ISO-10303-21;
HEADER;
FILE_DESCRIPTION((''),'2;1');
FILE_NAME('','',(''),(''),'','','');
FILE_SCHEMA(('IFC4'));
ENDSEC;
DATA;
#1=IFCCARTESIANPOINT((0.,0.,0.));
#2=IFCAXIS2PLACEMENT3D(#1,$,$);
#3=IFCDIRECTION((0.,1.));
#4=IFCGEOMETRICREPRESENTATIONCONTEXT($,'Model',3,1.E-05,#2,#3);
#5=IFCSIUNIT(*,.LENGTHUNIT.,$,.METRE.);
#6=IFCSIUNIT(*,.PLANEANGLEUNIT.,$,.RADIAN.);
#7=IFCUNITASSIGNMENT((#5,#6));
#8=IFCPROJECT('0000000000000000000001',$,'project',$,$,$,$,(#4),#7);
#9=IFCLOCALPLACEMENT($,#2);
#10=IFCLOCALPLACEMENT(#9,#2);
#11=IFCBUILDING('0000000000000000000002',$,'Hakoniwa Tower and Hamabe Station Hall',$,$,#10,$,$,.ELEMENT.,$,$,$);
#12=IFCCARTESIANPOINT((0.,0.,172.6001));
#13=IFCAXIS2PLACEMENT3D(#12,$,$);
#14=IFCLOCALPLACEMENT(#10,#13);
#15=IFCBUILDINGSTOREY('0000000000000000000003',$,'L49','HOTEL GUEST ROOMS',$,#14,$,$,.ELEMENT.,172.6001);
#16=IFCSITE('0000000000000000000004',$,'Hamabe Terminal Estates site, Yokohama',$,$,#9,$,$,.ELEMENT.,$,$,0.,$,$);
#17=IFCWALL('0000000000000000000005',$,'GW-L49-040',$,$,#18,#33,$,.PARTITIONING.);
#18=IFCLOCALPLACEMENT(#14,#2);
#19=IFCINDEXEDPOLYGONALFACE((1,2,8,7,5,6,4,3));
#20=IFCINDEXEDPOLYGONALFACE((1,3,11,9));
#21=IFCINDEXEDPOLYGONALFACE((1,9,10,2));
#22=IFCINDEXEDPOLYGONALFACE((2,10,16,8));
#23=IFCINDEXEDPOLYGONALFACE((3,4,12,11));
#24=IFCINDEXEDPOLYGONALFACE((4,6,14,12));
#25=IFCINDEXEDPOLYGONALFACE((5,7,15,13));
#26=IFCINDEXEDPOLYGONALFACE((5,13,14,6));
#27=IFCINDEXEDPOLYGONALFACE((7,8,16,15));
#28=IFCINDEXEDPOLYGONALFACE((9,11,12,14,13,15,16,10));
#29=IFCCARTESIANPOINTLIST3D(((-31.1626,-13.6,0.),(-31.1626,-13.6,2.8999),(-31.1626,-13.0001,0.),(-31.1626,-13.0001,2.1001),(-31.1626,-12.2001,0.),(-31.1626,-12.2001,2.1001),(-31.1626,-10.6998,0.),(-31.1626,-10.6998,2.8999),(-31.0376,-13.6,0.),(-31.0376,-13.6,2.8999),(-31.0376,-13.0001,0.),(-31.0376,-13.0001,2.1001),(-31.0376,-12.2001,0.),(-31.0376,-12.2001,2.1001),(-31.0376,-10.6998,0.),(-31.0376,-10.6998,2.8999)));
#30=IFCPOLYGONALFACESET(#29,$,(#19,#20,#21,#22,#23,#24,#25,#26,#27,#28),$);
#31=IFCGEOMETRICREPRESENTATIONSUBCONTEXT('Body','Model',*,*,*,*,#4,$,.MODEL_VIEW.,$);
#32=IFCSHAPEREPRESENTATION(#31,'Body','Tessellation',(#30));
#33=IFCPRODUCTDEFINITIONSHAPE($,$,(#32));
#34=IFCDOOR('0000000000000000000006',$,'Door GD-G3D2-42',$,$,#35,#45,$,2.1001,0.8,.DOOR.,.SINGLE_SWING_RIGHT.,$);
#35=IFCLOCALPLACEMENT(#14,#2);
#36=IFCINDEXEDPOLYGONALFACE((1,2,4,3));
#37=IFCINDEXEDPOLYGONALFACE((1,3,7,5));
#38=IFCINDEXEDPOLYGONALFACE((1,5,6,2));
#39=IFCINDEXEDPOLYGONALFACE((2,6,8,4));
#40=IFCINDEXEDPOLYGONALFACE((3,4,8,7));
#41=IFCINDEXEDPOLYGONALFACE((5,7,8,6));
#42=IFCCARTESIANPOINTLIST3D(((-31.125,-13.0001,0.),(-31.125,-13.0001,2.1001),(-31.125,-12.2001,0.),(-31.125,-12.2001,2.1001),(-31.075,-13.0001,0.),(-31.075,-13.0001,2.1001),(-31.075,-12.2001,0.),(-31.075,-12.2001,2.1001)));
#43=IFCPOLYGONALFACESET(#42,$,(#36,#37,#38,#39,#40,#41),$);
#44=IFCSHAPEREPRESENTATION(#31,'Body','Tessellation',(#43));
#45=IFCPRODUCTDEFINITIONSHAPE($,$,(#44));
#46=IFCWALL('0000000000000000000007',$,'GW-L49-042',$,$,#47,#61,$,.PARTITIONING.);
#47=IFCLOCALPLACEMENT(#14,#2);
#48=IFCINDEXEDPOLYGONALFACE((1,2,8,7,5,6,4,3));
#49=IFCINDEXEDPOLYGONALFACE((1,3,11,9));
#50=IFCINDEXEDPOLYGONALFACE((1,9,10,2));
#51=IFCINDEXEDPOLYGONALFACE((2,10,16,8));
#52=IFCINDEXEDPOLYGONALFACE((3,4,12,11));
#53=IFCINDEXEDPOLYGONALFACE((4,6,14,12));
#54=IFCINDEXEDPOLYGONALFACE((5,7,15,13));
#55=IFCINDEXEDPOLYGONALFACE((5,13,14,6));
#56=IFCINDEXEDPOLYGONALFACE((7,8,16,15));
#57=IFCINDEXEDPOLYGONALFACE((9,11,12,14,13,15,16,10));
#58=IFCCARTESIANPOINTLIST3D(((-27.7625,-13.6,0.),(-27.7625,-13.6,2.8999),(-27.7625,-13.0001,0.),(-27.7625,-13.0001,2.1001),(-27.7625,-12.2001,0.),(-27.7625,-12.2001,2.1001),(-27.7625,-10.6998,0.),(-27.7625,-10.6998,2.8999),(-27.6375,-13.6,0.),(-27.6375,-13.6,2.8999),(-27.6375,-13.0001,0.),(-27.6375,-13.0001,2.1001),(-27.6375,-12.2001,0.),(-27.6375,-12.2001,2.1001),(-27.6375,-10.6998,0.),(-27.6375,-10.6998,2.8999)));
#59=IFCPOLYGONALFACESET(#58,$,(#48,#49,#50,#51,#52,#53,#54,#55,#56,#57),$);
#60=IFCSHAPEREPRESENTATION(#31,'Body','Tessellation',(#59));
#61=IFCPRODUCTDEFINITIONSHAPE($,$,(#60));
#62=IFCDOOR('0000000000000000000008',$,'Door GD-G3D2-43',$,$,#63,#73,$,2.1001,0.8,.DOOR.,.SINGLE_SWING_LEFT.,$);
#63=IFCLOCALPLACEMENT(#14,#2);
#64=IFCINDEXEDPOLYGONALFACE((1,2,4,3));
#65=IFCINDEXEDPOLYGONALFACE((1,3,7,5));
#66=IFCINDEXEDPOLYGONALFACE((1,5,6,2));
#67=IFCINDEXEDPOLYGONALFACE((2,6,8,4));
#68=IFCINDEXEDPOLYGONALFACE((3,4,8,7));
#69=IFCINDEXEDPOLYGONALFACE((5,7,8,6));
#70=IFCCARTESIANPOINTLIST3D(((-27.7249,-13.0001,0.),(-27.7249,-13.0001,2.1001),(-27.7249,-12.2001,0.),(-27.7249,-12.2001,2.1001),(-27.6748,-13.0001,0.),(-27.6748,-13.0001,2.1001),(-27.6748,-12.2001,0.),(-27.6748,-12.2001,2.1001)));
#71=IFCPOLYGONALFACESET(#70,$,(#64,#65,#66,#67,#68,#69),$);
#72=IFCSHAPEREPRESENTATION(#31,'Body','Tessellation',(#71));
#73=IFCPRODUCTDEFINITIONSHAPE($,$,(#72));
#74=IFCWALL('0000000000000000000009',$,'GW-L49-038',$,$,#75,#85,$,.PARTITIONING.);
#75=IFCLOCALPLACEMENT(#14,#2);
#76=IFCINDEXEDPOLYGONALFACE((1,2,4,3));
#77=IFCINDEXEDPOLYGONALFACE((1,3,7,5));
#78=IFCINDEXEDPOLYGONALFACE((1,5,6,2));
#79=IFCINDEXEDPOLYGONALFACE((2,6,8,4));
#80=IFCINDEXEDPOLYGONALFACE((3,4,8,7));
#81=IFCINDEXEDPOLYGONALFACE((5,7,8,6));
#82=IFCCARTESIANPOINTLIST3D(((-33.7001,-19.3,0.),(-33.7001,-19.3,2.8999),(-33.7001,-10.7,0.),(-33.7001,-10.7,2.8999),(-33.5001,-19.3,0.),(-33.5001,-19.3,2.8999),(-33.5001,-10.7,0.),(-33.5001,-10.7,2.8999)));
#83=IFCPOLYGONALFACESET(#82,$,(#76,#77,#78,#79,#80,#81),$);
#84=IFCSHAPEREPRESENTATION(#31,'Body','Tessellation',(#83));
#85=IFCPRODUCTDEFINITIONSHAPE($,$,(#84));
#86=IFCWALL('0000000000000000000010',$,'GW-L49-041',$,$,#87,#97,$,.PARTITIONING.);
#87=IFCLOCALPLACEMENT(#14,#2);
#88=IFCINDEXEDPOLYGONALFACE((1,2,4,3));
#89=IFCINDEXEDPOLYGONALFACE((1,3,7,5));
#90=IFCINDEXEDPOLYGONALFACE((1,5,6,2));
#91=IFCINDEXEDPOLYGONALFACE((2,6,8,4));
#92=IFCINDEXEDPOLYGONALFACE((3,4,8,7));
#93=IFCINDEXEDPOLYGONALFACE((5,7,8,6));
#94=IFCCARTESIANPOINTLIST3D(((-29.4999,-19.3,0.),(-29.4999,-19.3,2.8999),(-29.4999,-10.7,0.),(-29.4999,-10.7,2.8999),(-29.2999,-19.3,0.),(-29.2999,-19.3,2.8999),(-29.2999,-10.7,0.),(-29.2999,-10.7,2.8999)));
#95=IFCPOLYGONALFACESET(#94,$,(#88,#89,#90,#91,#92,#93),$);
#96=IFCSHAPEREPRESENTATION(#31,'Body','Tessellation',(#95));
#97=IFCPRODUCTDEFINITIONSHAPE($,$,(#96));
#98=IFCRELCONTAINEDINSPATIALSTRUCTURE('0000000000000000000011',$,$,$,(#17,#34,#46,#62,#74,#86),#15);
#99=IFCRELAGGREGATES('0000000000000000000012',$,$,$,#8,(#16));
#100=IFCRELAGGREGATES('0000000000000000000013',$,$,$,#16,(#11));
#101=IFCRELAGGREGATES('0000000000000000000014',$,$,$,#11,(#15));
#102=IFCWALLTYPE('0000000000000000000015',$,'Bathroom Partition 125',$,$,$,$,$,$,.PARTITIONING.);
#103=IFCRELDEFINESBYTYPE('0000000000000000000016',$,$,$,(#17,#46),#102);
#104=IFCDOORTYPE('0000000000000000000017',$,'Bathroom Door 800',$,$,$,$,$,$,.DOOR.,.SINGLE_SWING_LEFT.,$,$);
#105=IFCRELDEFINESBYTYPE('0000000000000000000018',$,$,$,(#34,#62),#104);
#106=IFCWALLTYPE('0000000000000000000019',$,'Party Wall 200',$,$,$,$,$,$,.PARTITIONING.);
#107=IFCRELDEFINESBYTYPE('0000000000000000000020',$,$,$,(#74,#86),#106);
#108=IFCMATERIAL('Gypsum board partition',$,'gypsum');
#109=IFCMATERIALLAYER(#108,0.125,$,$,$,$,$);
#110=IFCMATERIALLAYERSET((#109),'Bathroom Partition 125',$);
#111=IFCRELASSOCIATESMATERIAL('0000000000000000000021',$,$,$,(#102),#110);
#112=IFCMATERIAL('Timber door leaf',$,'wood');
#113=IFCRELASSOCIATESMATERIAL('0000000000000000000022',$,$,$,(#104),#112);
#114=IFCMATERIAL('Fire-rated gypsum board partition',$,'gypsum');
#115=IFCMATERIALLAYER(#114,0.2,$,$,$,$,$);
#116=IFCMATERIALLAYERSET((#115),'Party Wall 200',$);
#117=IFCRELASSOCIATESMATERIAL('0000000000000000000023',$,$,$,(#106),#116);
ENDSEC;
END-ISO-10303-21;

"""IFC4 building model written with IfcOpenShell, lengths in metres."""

from ifc_helpers import new_model, si_unit, direction, frame, frame_2d, origin, place, context, subcontext, project, spatial, rectangle, extrude, material, layer, layer_set, type_object, element, fill, save


model = new_model("IFC4")

# Units and contexts
model_context = context("Model", 3, precision=1e-05, world=origin(), true_north=direction((0.0, 1.0)))
body_context = subcontext(model_context, "Body", "Model", "MODEL_VIEW")
ifc_project = project(units=[si_unit("LENGTHUNIT", "METRE"), si_unit("PLANEANGLEUNIT", "RADIAN")], contexts=[model_context])

# Site, building, storey
site_placement = place(None, origin())
site = spatial("IfcSite", under=ifc_project, at=site_placement, Name="Hamabe Terminal Estates site, Yokohama", CompositionType="ELEMENT", RefElevation=0.0)
building_placement = place(site_placement, origin())
building = spatial("IfcBuilding", under=site, at=building_placement, Name="Hakoniwa Tower and Hamabe Station Hall", CompositionType="ELEMENT")
storey_placement = place(building_placement, frame((0.0, 0.0, 172.6001)))
storey = spatial("IfcBuildingStorey", under=building, at=storey_placement, Name="L49", Description="HOTEL GUEST ROOMS", CompositionType="ELEMENT", Elevation=172.6001)

# Shared definitions
ifc_material_1 = material(Name="Gypsum board partition", Category="gypsum")
ifc_layer_1 = layer(ifc_material_1, 0.125)
ifc_layer_set_1 = layer_set([ifc_layer_1], Name="Bathroom Partition 125")
wall_type_1 = type_object("IfcWallType", Name="Bathroom Partition 125", PredefinedType="PARTITIONING", material=ifc_layer_set_1)
ifc_material_2 = material(Name="Timber door leaf", Category="wood")
door_type = type_object("IfcDoorType", Name="Bathroom Door 800", OperationType="SINGLE_SWING_LEFT", PredefinedType="DOOR", material=ifc_material_2)

# Walls, openings, doors
wall_1_placement = place(storey_placement, frame((-31.1001, -13.6001, 0.0), z_axis=(0.0, 0.0, 1.0), x_axis=(0.0, 1.0, 0.0)))
wall_1 = element("IfcWall", 1, at=wall_1_placement, inside=storey, type_object=wall_type_1, Name="GW-L49-040", PredefinedType="PARTITIONING", context=body_context, shape_type="SweptSolid", body=[
    extrude(rectangle(XDim=2.9001, YDim=0.125, at=frame_2d((1.4502, 0.0))), origin(), (0.0, 0.0, 1.0), 2.8999),
])
opening_1_placement = place(wall_1_placement, frame((0.6001, 0.0, 0.0)))
opening_1 = element("IfcOpeningElement", 2, at=opening_1_placement, cuts=wall_1, PredefinedType="OPENING", context=body_context, shape_type="SweptSolid", body=[
    extrude(rectangle(XDim=0.8, YDim=2.1001, at=frame_2d((0.3999, 1.05))), frame((0.0, 0.0725, 0.0), z_axis=(0.0, -1.0, 0.0), x_axis=(1.0, 0.0, 0.0)), (0.0, 0.0, 1.0), 0.145),
])
door_1_placement = place(opening_1_placement, origin())
door_1 = element("IfcDoor", 3, at=door_1_placement, inside=storey, type_object=door_type, Name="Door GD-G3D2-42", OperationType="SINGLE_SWING_RIGHT", OverallHeight=2.1001, OverallWidth=0.8, PredefinedType="DOOR", context=body_context, shape_type="SweptSolid", body=[
    extrude(rectangle(XDim=0.8, YDim=2.1001, at=frame_2d((0.3999, 1.05))), frame((0.0, 0.0249, 0.0), z_axis=(0.0, -1.0, 0.0), x_axis=(1.0, 0.0, 0.0)), (0.0, 0.0, 1.0), 0.05),
])
fill(opening_1, door_1)
wall_2_placement = place(storey_placement, frame((-27.7, -13.6001, 0.0), z_axis=(0.0, 0.0, 1.0), x_axis=(0.0, 1.0, 0.0)))
wall_2 = element("IfcWall", 4, at=wall_2_placement, inside=storey, type_object=wall_type_1, Name="GW-L49-042", PredefinedType="PARTITIONING", context=body_context, shape_type="SweptSolid", body=[
    extrude(rectangle(XDim=2.9001, YDim=0.125, at=frame_2d((1.4502, 0.0))), origin(), (0.0, 0.0, 1.0), 2.8999),
])
opening_2_placement = place(wall_2_placement, frame((0.6001, 0.0, 0.0)))
opening_2 = element("IfcOpeningElement", 5, at=opening_2_placement, cuts=wall_2, PredefinedType="OPENING", context=body_context, shape_type="SweptSolid", body=[
    extrude(rectangle(XDim=0.8, YDim=2.1001, at=frame_2d((0.3999, 1.05))), frame((0.0, 0.0725, 0.0), z_axis=(0.0, -1.0, 0.0), x_axis=(1.0, 0.0, 0.0)), (0.0, 0.0, 1.0), 0.145),
])
door_2_placement = place(opening_2_placement, origin())
door_2 = element("IfcDoor", 6, at=door_2_placement, inside=storey, type_object=door_type, Name="Door GD-G3D2-43", OperationType="SINGLE_SWING_LEFT", OverallHeight=2.1001, OverallWidth=0.8, PredefinedType="DOOR", context=body_context, shape_type="SweptSolid", body=[
    extrude(rectangle(XDim=0.8, YDim=2.1001, at=frame_2d((0.3999, 1.05))), frame((0.0, 0.0249, 0.0), z_axis=(0.0, -1.0, 0.0), x_axis=(1.0, 0.0, 0.0)), (0.0, 0.0, 1.0), 0.05),
])
fill(opening_2, door_2)

# Walls
ifc_material_3 = material(Name="Fire-rated gypsum board partition", Category="gypsum")
ifc_layer_2 = layer(ifc_material_3, 0.2)
ifc_layer_set_2 = layer_set([ifc_layer_2], Name="Party Wall 200")
wall_type_2 = type_object("IfcWallType", Name="Party Wall 200", PredefinedType="PARTITIONING", material=ifc_layer_set_2)
for number, where, z_axis, x_axis, name in (
    (7, (-33.6001, -19.3, 0.0), (0.0, 0.0, 1.0), (0.0, 1.0, 0.0), "GW-L49-038"),
    (8, (-29.3999, -19.3, 0.0), (0.0, 0.0, 1.0), (0.0, 1.0, 0.0), "GW-L49-041"),
):
    element("IfcWall", number, at=place(storey_placement, frame(where, z_axis=z_axis, x_axis=x_axis)), inside=storey, type_object=wall_type_2, Name=name, PredefinedType="PARTITIONING", context=body_context, shape_type="SweptSolid", body=[
        extrude(rectangle(XDim=8.6001, YDim=0.2, at=frame_2d((4.3, 0.0))), origin(), (0.0, 0.0, 1.0), 2.8999),
    ])

save(model, "model.ifc")
